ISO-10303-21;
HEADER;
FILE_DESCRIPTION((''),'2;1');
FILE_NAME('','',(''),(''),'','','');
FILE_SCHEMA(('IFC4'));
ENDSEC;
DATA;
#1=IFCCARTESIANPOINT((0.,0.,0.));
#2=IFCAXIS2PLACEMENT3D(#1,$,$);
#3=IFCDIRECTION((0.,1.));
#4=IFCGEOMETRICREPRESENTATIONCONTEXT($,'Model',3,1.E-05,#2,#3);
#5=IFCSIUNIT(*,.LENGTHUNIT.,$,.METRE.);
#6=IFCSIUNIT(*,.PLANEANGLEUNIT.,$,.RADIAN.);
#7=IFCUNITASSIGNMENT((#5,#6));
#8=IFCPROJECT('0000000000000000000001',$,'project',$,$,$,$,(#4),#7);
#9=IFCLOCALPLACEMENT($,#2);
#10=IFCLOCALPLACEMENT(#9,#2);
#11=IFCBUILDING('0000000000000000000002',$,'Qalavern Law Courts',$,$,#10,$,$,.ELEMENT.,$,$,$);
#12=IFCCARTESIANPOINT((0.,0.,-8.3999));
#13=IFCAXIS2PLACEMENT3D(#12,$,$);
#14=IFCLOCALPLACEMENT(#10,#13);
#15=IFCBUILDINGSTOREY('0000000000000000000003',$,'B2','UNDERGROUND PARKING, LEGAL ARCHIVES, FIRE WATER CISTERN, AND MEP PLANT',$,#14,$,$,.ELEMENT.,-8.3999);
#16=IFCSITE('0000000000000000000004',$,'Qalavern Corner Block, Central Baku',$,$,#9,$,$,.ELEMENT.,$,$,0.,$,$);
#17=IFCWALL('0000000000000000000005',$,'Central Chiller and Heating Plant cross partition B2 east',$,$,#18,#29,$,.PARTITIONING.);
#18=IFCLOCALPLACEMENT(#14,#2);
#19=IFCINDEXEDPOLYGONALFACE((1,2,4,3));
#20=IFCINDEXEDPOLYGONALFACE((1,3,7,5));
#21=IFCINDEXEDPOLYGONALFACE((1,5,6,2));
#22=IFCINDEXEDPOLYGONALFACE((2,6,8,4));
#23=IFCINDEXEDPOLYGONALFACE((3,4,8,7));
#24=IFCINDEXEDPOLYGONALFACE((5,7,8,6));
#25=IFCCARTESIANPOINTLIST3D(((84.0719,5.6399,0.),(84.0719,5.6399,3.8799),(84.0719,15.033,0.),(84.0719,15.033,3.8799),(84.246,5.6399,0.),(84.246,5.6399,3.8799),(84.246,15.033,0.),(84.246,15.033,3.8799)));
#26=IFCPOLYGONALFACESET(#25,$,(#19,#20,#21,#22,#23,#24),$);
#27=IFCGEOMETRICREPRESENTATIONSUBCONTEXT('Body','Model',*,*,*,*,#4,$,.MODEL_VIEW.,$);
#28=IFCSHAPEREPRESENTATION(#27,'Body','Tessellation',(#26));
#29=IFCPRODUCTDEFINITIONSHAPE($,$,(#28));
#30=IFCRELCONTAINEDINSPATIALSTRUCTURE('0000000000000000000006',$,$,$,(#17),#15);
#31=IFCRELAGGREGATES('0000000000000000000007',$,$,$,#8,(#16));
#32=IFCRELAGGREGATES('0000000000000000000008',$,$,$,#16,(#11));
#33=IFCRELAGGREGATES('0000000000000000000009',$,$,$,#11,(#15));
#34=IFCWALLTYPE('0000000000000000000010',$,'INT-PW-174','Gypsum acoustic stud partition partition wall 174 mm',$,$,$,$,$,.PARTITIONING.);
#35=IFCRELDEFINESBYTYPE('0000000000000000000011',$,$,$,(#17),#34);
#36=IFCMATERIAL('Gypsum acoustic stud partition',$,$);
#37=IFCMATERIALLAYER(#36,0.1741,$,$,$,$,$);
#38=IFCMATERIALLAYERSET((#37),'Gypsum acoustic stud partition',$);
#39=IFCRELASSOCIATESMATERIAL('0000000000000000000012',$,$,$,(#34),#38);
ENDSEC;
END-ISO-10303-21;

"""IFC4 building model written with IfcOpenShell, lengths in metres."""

from ifc_helpers import new_model, si_unit, direction, frame, frame_2d, origin, place, context, subcontext, project, spatial, rectangle, extrude, material, layer, layer_set, type_object, element, save


model = new_model("IFC4")

# Units and contexts
model_context = context("Model", 3, precision=1e-05, world=origin(), true_north=direction((0.0, 1.0)))
body_context = subcontext(model_context, "Body", "Model", "MODEL_VIEW")
ifc_project = project(units=[si_unit("LENGTHUNIT", "METRE"), si_unit("PLANEANGLEUNIT", "RADIAN")], contexts=[model_context])

# Site, building, storey
site_placement = place(None, origin())
site = spatial("IfcSite", under=ifc_project, at=site_placement, Name="Qalavern Corner Block, Central Baku", CompositionType="ELEMENT", RefElevation=0.0)
building_placement = place(site_placement, origin())
building = spatial("IfcBuilding", under=site, at=building_placement, Name="Qalavern Law Courts", CompositionType="ELEMENT")
storey_placement = place(building_placement, frame((0.0, 0.0, -8.3999)))
storey = spatial("IfcBuildingStorey", under=building, at=storey_placement, Name="B2", Description="UNDERGROUND PARKING, LEGAL ARCHIVES, FIRE WATER CISTERN, AND MEP PLANT", CompositionType="ELEMENT", Elevation=-8.3999)

# Wall
ifc_material_1 = material(Name="Gypsum acoustic stud partition")
ifc_layer = layer(ifc_material_1, 0.1741)
ifc_layer_set = layer_set([ifc_layer], Name="Gypsum acoustic stud partition")
wall_type = type_object("IfcWallType", Name="INT-PW-174", Description="Gypsum acoustic stud partition partition wall 174 mm", PredefinedType="PARTITIONING", material=ifc_layer_set)
wall_placement = place(storey_placement, frame((84.1589, 5.6399, 0.0), z_axis=(0.0, 0.0, 1.0), x_axis=(0.0, 1.0, 0.0)))
element("IfcWall", 1, at=wall_placement, inside=storey, type_object=wall_type, Name="Central Chiller and Heating Plant cross partition B2 east", PredefinedType="PARTITIONING", context=body_context, shape_type="SweptSolid", body=[
    extrude(rectangle(XDim=9.3931, YDim=0.1741, at=frame_2d((4.6965, 0.0))), origin(), (0.0, 0.0, 1.0), 3.8799),
])

save(model, "model.ifc")
